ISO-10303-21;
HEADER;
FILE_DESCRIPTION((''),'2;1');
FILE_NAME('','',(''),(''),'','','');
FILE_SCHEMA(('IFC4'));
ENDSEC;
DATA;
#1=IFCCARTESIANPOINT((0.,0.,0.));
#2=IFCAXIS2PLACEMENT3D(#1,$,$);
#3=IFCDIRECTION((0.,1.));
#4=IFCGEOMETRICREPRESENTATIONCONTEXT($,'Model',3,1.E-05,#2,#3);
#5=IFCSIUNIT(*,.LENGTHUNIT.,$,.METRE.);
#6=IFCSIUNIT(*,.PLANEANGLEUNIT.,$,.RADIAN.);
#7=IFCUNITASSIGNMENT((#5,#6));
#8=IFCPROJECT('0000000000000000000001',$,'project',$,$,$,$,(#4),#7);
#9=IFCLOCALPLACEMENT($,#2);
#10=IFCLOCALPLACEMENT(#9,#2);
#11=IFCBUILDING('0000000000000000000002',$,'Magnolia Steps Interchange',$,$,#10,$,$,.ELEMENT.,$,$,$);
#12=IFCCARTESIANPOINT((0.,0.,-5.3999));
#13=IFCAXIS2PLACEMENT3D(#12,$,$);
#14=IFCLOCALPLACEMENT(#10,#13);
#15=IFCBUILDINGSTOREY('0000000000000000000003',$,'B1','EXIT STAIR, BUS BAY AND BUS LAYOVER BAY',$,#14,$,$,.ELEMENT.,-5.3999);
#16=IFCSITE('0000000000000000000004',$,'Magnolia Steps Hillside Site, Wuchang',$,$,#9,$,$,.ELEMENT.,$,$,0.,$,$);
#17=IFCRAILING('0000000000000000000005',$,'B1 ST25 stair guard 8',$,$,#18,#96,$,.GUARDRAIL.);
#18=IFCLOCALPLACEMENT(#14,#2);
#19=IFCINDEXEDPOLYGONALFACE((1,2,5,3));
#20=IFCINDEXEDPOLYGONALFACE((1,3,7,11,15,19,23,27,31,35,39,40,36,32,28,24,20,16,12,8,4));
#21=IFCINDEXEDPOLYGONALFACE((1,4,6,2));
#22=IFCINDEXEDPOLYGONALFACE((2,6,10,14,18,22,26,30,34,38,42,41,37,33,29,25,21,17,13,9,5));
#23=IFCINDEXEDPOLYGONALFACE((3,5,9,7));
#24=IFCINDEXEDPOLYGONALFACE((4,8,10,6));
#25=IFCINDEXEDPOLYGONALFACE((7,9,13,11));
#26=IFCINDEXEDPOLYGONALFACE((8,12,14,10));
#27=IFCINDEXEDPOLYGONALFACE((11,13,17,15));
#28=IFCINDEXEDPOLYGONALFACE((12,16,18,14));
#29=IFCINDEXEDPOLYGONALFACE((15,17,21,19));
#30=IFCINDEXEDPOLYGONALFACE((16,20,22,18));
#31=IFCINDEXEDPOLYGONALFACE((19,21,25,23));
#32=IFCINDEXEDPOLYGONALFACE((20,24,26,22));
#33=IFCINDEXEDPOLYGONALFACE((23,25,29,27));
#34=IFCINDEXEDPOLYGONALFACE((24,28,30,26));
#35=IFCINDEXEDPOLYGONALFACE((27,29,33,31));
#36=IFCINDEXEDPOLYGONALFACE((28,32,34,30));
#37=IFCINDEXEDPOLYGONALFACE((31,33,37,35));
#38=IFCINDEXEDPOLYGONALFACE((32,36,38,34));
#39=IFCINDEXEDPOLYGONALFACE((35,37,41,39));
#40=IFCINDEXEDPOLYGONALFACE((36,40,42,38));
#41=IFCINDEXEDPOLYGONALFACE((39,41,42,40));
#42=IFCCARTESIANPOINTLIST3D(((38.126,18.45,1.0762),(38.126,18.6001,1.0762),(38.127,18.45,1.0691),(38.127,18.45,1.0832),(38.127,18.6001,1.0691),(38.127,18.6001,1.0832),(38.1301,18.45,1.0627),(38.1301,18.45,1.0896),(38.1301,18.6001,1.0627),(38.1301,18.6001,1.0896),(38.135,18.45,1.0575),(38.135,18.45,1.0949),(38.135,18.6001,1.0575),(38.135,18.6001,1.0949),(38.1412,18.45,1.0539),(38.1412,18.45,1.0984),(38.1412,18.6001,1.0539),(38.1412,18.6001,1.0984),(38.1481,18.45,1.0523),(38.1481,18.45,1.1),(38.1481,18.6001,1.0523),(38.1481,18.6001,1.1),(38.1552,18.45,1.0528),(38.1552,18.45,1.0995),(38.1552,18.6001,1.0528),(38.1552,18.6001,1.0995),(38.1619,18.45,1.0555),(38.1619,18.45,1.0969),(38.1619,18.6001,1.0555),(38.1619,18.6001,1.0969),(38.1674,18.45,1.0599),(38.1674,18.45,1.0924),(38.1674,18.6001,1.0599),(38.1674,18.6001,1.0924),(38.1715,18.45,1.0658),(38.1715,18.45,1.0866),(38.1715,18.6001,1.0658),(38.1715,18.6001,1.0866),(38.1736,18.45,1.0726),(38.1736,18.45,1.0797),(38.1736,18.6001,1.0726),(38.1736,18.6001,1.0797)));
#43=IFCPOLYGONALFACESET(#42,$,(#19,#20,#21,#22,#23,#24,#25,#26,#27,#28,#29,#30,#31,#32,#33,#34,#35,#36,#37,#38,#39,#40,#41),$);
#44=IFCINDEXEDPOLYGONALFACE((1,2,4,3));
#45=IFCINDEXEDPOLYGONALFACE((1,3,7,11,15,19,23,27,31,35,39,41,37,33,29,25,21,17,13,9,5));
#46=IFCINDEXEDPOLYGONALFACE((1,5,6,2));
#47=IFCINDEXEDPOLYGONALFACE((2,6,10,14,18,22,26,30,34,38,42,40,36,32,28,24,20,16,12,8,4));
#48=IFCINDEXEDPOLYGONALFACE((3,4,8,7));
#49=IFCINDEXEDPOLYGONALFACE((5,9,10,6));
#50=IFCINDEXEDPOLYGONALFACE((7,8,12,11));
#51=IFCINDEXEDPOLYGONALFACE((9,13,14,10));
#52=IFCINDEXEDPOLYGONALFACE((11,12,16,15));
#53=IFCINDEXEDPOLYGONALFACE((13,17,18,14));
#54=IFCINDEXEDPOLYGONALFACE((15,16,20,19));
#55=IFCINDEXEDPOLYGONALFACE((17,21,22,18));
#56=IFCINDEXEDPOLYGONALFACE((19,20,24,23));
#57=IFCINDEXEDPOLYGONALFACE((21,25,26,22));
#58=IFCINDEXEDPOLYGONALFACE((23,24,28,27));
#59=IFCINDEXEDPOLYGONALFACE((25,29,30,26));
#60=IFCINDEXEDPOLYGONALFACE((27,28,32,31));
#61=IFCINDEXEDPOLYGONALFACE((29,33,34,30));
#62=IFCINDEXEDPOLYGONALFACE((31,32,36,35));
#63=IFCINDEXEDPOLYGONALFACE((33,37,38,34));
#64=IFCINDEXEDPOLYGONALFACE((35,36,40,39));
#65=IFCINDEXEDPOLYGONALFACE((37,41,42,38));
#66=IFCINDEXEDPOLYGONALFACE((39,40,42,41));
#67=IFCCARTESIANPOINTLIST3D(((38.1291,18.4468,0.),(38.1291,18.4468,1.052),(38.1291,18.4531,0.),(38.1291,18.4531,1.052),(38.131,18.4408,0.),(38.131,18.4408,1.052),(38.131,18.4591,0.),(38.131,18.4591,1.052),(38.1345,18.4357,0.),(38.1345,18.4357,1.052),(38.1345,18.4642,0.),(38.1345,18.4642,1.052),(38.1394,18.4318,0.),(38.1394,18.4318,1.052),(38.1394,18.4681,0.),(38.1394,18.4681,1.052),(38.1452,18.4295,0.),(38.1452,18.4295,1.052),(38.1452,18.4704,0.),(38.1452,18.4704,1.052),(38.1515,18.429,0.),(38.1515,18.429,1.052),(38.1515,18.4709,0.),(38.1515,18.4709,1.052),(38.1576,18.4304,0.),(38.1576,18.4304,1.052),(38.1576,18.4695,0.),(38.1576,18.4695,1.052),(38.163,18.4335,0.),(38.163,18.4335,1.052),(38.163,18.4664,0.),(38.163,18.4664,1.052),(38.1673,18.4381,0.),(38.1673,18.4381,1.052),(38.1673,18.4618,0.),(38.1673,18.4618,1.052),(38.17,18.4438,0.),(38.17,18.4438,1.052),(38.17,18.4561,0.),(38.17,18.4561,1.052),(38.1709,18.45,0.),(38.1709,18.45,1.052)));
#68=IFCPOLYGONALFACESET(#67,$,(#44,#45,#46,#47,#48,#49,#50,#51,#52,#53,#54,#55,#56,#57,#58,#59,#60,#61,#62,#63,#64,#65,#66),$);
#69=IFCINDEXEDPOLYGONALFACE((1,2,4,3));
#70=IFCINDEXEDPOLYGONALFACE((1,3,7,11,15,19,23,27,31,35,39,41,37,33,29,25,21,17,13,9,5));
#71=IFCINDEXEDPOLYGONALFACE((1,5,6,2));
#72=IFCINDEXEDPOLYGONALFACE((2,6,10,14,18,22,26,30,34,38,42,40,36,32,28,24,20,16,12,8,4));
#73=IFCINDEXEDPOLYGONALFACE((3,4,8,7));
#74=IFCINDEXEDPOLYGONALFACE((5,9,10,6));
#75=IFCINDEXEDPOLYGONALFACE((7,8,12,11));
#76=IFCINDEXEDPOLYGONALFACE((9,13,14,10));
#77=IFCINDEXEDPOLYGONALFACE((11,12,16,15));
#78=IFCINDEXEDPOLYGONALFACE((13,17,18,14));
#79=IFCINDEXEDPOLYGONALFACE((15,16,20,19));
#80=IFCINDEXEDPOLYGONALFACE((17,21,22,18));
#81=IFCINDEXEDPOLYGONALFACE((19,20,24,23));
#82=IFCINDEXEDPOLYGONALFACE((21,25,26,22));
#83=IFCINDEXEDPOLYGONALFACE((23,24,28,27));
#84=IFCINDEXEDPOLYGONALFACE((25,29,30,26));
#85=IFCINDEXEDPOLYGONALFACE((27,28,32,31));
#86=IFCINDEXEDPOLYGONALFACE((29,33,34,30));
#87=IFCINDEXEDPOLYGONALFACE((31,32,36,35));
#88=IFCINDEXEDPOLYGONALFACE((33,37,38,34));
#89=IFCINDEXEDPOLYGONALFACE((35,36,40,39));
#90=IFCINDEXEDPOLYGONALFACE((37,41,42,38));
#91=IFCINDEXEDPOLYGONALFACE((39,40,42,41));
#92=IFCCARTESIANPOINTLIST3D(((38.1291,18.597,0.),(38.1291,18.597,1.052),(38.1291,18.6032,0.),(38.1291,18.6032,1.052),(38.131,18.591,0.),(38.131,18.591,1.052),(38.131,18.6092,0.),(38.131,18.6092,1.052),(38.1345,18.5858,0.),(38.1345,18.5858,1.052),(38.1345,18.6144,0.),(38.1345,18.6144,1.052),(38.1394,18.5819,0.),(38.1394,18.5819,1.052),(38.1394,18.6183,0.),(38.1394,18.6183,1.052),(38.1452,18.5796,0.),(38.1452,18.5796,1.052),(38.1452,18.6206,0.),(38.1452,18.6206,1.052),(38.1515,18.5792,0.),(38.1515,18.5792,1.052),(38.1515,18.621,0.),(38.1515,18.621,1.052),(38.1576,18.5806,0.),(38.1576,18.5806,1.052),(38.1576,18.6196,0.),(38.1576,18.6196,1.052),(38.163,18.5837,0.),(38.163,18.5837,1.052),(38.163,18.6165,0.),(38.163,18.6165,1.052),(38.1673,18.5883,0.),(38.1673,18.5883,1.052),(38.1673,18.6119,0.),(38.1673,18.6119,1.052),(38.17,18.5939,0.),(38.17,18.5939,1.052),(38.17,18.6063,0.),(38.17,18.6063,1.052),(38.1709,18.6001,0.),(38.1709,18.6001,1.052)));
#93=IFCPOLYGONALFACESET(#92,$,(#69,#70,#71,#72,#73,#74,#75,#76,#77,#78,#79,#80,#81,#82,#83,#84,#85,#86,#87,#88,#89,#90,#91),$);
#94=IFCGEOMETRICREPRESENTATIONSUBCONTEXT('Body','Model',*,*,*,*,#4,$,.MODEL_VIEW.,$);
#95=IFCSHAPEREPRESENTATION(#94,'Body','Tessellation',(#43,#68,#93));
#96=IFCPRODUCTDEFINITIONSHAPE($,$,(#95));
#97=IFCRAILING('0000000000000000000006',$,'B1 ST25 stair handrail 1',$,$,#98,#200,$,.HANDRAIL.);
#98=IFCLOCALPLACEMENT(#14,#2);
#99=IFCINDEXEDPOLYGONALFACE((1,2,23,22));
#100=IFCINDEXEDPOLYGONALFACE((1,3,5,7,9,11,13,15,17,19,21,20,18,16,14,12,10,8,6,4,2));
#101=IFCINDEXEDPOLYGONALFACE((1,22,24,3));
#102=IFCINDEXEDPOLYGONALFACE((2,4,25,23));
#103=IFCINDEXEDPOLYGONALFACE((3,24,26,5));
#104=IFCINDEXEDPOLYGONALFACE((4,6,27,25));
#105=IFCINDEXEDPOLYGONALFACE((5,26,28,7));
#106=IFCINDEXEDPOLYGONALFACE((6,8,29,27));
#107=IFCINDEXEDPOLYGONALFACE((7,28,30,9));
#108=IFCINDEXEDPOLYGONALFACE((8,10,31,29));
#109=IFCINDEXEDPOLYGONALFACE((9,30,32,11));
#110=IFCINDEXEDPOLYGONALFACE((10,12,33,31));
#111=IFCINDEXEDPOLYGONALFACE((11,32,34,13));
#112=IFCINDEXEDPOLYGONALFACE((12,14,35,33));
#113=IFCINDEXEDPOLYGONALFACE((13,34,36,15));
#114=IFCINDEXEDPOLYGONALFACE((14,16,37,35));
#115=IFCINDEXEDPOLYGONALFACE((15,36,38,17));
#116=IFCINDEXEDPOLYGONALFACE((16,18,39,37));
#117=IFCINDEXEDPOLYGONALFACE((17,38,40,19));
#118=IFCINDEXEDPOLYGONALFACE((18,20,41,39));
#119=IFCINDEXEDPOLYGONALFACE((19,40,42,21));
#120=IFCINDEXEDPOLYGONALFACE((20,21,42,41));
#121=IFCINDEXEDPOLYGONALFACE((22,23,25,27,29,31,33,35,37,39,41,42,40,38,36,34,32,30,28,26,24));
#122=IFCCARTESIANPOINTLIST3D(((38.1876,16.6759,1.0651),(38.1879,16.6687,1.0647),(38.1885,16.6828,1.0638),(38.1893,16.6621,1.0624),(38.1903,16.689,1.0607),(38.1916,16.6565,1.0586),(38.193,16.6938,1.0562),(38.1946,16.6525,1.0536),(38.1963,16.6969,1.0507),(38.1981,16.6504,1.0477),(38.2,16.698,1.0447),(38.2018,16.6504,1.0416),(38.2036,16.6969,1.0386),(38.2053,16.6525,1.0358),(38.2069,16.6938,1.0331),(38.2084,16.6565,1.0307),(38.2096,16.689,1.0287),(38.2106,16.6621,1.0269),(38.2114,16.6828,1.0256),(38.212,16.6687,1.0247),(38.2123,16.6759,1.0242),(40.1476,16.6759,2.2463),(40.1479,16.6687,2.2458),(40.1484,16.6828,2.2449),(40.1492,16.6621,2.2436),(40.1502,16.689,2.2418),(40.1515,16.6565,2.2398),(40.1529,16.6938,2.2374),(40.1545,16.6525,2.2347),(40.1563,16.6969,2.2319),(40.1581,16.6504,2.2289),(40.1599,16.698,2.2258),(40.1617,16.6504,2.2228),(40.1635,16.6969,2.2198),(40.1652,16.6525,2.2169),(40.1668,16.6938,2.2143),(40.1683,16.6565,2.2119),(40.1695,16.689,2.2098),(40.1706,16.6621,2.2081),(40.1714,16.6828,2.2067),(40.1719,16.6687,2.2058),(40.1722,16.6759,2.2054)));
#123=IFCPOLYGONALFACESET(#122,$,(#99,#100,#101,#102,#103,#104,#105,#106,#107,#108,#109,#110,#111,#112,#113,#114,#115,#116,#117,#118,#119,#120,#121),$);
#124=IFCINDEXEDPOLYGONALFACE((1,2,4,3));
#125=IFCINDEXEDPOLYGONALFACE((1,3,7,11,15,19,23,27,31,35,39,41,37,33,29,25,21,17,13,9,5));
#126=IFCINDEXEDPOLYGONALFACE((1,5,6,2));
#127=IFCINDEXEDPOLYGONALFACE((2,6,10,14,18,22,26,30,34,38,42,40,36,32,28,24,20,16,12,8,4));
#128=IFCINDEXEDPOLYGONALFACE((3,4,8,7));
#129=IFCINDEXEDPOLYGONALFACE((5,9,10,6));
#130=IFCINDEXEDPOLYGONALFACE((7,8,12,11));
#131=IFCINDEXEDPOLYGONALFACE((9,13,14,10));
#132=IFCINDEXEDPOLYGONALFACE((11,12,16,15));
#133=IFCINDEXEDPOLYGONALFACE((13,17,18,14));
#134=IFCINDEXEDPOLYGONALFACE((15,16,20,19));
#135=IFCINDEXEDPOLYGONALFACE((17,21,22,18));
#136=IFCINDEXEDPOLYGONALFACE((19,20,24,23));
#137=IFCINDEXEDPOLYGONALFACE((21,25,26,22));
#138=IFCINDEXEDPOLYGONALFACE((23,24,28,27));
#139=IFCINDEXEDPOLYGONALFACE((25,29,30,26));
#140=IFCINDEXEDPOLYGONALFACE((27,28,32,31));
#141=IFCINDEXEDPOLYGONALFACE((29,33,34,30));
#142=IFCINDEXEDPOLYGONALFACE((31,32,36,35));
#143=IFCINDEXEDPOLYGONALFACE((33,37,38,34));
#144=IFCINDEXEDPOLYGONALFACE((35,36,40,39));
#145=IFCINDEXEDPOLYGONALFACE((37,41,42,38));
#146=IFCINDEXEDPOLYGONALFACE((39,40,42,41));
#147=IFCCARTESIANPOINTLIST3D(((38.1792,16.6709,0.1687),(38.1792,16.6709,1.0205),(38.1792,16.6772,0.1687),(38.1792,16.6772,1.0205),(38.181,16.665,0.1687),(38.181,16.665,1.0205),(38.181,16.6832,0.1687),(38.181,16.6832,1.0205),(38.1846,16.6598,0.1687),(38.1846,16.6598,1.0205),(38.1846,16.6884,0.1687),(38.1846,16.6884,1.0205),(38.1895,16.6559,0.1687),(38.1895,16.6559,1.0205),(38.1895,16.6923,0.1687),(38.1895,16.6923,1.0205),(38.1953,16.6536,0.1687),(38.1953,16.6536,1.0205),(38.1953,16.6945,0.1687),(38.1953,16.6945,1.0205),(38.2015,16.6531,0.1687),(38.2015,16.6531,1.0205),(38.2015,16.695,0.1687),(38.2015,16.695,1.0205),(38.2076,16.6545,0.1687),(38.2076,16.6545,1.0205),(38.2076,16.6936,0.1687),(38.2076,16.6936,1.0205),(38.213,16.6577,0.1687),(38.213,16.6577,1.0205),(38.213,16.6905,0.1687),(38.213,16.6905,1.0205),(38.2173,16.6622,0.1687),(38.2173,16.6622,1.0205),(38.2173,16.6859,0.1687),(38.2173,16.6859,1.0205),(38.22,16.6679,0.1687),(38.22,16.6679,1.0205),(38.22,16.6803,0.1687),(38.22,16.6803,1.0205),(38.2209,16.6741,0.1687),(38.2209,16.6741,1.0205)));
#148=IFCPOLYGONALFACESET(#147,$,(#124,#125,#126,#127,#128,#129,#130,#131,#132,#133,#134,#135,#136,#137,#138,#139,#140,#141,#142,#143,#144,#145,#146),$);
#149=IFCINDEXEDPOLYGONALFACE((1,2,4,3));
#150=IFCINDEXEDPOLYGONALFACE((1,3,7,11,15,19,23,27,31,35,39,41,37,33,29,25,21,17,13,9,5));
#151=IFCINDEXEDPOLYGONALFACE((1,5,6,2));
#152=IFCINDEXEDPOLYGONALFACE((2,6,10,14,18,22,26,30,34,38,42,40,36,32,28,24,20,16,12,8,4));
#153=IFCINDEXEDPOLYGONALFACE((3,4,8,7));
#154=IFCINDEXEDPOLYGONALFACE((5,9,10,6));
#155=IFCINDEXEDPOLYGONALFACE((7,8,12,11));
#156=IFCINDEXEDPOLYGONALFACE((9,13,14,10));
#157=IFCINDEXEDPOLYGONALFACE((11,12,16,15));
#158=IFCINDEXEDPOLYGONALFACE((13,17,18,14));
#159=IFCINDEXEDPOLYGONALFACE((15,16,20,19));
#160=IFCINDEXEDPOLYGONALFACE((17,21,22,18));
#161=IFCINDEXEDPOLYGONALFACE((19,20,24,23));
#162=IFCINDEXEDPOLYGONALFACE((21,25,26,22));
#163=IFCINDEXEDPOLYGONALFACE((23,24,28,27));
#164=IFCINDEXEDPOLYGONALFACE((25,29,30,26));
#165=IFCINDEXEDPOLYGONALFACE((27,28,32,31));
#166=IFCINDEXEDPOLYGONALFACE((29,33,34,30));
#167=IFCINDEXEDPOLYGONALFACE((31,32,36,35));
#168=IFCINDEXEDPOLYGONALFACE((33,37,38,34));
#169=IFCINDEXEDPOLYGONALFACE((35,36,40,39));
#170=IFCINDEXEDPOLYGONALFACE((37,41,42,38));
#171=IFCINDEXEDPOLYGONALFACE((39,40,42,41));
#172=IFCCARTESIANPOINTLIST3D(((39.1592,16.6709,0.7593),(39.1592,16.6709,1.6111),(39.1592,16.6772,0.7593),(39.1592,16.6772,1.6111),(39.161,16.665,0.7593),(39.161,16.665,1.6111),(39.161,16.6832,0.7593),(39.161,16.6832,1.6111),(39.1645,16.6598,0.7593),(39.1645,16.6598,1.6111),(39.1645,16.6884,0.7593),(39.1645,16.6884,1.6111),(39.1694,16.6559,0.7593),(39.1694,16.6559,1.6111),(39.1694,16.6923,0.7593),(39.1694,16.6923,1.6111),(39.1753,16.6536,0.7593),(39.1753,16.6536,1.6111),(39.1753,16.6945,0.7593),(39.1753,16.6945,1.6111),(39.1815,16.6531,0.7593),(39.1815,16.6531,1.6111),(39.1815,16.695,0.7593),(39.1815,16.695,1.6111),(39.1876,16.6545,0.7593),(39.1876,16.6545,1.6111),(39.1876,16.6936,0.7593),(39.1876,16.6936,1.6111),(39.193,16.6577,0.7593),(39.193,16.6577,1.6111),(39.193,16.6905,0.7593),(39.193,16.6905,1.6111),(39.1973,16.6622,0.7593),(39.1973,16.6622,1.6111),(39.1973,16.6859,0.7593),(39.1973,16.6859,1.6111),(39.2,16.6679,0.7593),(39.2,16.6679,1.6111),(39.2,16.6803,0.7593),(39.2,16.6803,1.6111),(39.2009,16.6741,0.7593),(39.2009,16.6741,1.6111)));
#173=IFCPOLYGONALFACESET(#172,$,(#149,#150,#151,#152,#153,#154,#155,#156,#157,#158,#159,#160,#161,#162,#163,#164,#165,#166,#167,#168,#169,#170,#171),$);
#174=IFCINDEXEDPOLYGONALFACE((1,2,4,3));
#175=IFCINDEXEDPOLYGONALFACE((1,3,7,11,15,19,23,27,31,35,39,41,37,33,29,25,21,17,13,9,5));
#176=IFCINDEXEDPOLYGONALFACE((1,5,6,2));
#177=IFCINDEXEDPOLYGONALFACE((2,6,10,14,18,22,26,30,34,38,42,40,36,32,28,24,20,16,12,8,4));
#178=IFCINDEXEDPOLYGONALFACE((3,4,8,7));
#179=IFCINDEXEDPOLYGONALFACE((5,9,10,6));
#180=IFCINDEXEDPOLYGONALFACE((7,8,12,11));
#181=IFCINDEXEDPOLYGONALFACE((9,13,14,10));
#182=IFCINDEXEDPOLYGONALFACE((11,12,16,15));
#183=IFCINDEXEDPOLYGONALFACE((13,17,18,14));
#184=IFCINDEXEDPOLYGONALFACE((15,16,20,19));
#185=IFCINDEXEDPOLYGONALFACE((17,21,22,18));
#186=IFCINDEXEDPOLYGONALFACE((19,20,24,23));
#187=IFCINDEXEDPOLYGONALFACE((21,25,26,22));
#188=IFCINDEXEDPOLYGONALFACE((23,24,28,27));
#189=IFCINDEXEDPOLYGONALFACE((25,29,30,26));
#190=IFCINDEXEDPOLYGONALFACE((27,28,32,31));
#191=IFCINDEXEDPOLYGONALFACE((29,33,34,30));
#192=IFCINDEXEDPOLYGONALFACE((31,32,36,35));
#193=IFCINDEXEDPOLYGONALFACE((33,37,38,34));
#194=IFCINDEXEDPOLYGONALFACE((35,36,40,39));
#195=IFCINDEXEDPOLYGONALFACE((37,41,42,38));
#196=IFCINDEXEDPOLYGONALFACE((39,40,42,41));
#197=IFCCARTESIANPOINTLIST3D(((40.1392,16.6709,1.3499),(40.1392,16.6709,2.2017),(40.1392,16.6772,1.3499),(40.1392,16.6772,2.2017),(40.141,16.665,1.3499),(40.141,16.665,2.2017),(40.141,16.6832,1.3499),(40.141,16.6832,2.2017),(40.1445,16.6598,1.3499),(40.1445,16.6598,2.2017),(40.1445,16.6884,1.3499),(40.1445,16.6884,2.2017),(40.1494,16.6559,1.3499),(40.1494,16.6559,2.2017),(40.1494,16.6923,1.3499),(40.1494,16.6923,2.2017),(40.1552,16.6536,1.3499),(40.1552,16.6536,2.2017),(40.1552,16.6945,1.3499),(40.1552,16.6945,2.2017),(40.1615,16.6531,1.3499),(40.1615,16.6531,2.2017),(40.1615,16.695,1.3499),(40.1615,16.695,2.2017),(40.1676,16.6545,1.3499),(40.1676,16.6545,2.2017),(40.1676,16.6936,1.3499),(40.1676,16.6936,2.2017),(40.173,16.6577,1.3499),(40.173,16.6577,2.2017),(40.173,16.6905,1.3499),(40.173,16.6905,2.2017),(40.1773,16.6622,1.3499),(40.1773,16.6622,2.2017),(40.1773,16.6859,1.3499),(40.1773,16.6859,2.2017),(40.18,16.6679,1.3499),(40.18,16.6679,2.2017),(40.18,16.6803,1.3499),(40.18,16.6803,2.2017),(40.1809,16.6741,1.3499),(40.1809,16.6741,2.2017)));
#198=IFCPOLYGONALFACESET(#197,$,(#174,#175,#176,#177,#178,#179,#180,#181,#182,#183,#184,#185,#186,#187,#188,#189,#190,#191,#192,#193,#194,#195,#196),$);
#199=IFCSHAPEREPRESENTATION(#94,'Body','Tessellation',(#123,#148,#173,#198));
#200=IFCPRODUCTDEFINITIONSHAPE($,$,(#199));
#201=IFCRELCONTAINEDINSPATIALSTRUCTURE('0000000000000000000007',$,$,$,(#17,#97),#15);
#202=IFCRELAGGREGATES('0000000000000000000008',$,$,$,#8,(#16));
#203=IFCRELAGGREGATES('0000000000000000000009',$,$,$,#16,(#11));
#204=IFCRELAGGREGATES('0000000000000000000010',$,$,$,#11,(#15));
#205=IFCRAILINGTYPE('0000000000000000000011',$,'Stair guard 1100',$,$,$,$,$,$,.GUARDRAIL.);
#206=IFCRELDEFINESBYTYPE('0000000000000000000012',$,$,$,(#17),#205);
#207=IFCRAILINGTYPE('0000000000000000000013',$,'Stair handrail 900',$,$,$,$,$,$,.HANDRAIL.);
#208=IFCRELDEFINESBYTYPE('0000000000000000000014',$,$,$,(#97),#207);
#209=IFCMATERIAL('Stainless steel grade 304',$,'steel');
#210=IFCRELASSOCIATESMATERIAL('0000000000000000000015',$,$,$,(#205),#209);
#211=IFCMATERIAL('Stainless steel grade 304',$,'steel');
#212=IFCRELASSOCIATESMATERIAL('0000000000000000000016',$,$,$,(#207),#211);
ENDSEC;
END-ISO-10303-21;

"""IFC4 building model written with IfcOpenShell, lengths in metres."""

from ifc_helpers import new_model, si_unit, direction, frame, origin, origin_2d, place, context, subcontext, project, spatial, circle, extrude, material, type_object, element, save


model = new_model("IFC4")

# Units and contexts
model_context = context("Model", 3, precision=1e-05, world=origin(), true_north=direction((0.0, 1.0)))
body_context = subcontext(model_context, "Body", "Model", "MODEL_VIEW")
ifc_project = project(units=[si_unit("LENGTHUNIT", "METRE"), si_unit("PLANEANGLEUNIT", "RADIAN")], contexts=[model_context])

# Site, building, storey
site_placement = place(None, origin())
site = spatial("IfcSite", under=ifc_project, at=site_placement, Name="Magnolia Steps Hillside Site, Wuchang", CompositionType="ELEMENT", RefElevation=0.0)
building_placement = place(site_placement, origin())
building = spatial("IfcBuilding", under=site, at=building_placement, Name="Magnolia Steps Interchange", CompositionType="ELEMENT")
storey_placement = place(building_placement, frame((0.0, 0.0, -5.3999)))
storey = spatial("IfcBuildingStorey", under=building, at=storey_placement, Name="B1", Description="EXIT STAIR, BUS BAY AND BUS LAYOVER BAY", CompositionType="ELEMENT", Elevation=-5.3999)

# Railings
ifc_material_1 = material(Name="Stainless steel grade 304", Category="steel")
railing_type_1 = type_object("IfcRailingType", Name="Stair guard 1100", PredefinedType="GUARDRAIL", material=ifc_material_1)
for number, where, name in (
    (1, (38.1499, 18.45, 0.0), "B1 ST25 stair guard 8"),
):
    element("IfcRailing", number, at=place(storey_placement, frame(where)), inside=storey, type_object=railing_type_1, Name=name, PredefinedType="GUARDRAIL", context=body_context, shape_type="SweptSolid", body=[
        extrude(circle(Radius=0.0239, at=origin_2d()), frame((0.0, 0.0, 1.0762), z_axis=(0.0, 1.0, 0.0), x_axis=(-1.0, 0.0, 0.0)), (0.0, 0.0, 1.0), 0.1501),
        extrude(circle(Radius=0.021, at=origin_2d()), origin(), (0.0, 0.0, 1.0), 1.052),
        extrude(circle(Radius=0.021, at=origin_2d()), frame((0.0, 0.1501, 0.0)), (0.0, 0.0, 1.0), 1.052),
    ])
ifc_material_2 = material(Name="Stainless steel grade 304", Category="steel")
railing_type_2 = type_object("IfcRailingType", Name="Stair handrail 900", PredefinedType="HANDRAIL", material=ifc_material_2)
for number, where, name in (
    (2, (38.2, 16.6741, 0.1687), "B1 ST25 stair handrail 1"),
):
    element("IfcRailing", number, at=place(storey_placement, frame(where)), inside=storey, type_object=railing_type_2, Name=name, PredefinedType="HANDRAIL", context=body_context, shape_type="SweptSolid", body=[
        extrude(circle(Radius=0.0239, at=origin_2d()), frame((0.0, 0.0, 0.876), z_axis=(0.856493, 0.0, 0.516158), x_axis=(0.0, 1.0, 0.0)), (0.0, 0.0, 1.0), 2.2883),
        extrude(circle(Radius=0.021, at=origin_2d()), origin(), (0.0, 0.0, 1.0), 0.8518),
        extrude(circle(Radius=0.021, at=origin_2d()), frame((0.98, 0.0, 0.5906)), (0.0, 0.0, 1.0), 0.8518),
        extrude(circle(Radius=0.021, at=origin_2d()), frame((1.96, 0.0, 1.1812)), (0.0, 0.0, 1.0), 0.8518),
    ])

save(model, "model.ifc")
